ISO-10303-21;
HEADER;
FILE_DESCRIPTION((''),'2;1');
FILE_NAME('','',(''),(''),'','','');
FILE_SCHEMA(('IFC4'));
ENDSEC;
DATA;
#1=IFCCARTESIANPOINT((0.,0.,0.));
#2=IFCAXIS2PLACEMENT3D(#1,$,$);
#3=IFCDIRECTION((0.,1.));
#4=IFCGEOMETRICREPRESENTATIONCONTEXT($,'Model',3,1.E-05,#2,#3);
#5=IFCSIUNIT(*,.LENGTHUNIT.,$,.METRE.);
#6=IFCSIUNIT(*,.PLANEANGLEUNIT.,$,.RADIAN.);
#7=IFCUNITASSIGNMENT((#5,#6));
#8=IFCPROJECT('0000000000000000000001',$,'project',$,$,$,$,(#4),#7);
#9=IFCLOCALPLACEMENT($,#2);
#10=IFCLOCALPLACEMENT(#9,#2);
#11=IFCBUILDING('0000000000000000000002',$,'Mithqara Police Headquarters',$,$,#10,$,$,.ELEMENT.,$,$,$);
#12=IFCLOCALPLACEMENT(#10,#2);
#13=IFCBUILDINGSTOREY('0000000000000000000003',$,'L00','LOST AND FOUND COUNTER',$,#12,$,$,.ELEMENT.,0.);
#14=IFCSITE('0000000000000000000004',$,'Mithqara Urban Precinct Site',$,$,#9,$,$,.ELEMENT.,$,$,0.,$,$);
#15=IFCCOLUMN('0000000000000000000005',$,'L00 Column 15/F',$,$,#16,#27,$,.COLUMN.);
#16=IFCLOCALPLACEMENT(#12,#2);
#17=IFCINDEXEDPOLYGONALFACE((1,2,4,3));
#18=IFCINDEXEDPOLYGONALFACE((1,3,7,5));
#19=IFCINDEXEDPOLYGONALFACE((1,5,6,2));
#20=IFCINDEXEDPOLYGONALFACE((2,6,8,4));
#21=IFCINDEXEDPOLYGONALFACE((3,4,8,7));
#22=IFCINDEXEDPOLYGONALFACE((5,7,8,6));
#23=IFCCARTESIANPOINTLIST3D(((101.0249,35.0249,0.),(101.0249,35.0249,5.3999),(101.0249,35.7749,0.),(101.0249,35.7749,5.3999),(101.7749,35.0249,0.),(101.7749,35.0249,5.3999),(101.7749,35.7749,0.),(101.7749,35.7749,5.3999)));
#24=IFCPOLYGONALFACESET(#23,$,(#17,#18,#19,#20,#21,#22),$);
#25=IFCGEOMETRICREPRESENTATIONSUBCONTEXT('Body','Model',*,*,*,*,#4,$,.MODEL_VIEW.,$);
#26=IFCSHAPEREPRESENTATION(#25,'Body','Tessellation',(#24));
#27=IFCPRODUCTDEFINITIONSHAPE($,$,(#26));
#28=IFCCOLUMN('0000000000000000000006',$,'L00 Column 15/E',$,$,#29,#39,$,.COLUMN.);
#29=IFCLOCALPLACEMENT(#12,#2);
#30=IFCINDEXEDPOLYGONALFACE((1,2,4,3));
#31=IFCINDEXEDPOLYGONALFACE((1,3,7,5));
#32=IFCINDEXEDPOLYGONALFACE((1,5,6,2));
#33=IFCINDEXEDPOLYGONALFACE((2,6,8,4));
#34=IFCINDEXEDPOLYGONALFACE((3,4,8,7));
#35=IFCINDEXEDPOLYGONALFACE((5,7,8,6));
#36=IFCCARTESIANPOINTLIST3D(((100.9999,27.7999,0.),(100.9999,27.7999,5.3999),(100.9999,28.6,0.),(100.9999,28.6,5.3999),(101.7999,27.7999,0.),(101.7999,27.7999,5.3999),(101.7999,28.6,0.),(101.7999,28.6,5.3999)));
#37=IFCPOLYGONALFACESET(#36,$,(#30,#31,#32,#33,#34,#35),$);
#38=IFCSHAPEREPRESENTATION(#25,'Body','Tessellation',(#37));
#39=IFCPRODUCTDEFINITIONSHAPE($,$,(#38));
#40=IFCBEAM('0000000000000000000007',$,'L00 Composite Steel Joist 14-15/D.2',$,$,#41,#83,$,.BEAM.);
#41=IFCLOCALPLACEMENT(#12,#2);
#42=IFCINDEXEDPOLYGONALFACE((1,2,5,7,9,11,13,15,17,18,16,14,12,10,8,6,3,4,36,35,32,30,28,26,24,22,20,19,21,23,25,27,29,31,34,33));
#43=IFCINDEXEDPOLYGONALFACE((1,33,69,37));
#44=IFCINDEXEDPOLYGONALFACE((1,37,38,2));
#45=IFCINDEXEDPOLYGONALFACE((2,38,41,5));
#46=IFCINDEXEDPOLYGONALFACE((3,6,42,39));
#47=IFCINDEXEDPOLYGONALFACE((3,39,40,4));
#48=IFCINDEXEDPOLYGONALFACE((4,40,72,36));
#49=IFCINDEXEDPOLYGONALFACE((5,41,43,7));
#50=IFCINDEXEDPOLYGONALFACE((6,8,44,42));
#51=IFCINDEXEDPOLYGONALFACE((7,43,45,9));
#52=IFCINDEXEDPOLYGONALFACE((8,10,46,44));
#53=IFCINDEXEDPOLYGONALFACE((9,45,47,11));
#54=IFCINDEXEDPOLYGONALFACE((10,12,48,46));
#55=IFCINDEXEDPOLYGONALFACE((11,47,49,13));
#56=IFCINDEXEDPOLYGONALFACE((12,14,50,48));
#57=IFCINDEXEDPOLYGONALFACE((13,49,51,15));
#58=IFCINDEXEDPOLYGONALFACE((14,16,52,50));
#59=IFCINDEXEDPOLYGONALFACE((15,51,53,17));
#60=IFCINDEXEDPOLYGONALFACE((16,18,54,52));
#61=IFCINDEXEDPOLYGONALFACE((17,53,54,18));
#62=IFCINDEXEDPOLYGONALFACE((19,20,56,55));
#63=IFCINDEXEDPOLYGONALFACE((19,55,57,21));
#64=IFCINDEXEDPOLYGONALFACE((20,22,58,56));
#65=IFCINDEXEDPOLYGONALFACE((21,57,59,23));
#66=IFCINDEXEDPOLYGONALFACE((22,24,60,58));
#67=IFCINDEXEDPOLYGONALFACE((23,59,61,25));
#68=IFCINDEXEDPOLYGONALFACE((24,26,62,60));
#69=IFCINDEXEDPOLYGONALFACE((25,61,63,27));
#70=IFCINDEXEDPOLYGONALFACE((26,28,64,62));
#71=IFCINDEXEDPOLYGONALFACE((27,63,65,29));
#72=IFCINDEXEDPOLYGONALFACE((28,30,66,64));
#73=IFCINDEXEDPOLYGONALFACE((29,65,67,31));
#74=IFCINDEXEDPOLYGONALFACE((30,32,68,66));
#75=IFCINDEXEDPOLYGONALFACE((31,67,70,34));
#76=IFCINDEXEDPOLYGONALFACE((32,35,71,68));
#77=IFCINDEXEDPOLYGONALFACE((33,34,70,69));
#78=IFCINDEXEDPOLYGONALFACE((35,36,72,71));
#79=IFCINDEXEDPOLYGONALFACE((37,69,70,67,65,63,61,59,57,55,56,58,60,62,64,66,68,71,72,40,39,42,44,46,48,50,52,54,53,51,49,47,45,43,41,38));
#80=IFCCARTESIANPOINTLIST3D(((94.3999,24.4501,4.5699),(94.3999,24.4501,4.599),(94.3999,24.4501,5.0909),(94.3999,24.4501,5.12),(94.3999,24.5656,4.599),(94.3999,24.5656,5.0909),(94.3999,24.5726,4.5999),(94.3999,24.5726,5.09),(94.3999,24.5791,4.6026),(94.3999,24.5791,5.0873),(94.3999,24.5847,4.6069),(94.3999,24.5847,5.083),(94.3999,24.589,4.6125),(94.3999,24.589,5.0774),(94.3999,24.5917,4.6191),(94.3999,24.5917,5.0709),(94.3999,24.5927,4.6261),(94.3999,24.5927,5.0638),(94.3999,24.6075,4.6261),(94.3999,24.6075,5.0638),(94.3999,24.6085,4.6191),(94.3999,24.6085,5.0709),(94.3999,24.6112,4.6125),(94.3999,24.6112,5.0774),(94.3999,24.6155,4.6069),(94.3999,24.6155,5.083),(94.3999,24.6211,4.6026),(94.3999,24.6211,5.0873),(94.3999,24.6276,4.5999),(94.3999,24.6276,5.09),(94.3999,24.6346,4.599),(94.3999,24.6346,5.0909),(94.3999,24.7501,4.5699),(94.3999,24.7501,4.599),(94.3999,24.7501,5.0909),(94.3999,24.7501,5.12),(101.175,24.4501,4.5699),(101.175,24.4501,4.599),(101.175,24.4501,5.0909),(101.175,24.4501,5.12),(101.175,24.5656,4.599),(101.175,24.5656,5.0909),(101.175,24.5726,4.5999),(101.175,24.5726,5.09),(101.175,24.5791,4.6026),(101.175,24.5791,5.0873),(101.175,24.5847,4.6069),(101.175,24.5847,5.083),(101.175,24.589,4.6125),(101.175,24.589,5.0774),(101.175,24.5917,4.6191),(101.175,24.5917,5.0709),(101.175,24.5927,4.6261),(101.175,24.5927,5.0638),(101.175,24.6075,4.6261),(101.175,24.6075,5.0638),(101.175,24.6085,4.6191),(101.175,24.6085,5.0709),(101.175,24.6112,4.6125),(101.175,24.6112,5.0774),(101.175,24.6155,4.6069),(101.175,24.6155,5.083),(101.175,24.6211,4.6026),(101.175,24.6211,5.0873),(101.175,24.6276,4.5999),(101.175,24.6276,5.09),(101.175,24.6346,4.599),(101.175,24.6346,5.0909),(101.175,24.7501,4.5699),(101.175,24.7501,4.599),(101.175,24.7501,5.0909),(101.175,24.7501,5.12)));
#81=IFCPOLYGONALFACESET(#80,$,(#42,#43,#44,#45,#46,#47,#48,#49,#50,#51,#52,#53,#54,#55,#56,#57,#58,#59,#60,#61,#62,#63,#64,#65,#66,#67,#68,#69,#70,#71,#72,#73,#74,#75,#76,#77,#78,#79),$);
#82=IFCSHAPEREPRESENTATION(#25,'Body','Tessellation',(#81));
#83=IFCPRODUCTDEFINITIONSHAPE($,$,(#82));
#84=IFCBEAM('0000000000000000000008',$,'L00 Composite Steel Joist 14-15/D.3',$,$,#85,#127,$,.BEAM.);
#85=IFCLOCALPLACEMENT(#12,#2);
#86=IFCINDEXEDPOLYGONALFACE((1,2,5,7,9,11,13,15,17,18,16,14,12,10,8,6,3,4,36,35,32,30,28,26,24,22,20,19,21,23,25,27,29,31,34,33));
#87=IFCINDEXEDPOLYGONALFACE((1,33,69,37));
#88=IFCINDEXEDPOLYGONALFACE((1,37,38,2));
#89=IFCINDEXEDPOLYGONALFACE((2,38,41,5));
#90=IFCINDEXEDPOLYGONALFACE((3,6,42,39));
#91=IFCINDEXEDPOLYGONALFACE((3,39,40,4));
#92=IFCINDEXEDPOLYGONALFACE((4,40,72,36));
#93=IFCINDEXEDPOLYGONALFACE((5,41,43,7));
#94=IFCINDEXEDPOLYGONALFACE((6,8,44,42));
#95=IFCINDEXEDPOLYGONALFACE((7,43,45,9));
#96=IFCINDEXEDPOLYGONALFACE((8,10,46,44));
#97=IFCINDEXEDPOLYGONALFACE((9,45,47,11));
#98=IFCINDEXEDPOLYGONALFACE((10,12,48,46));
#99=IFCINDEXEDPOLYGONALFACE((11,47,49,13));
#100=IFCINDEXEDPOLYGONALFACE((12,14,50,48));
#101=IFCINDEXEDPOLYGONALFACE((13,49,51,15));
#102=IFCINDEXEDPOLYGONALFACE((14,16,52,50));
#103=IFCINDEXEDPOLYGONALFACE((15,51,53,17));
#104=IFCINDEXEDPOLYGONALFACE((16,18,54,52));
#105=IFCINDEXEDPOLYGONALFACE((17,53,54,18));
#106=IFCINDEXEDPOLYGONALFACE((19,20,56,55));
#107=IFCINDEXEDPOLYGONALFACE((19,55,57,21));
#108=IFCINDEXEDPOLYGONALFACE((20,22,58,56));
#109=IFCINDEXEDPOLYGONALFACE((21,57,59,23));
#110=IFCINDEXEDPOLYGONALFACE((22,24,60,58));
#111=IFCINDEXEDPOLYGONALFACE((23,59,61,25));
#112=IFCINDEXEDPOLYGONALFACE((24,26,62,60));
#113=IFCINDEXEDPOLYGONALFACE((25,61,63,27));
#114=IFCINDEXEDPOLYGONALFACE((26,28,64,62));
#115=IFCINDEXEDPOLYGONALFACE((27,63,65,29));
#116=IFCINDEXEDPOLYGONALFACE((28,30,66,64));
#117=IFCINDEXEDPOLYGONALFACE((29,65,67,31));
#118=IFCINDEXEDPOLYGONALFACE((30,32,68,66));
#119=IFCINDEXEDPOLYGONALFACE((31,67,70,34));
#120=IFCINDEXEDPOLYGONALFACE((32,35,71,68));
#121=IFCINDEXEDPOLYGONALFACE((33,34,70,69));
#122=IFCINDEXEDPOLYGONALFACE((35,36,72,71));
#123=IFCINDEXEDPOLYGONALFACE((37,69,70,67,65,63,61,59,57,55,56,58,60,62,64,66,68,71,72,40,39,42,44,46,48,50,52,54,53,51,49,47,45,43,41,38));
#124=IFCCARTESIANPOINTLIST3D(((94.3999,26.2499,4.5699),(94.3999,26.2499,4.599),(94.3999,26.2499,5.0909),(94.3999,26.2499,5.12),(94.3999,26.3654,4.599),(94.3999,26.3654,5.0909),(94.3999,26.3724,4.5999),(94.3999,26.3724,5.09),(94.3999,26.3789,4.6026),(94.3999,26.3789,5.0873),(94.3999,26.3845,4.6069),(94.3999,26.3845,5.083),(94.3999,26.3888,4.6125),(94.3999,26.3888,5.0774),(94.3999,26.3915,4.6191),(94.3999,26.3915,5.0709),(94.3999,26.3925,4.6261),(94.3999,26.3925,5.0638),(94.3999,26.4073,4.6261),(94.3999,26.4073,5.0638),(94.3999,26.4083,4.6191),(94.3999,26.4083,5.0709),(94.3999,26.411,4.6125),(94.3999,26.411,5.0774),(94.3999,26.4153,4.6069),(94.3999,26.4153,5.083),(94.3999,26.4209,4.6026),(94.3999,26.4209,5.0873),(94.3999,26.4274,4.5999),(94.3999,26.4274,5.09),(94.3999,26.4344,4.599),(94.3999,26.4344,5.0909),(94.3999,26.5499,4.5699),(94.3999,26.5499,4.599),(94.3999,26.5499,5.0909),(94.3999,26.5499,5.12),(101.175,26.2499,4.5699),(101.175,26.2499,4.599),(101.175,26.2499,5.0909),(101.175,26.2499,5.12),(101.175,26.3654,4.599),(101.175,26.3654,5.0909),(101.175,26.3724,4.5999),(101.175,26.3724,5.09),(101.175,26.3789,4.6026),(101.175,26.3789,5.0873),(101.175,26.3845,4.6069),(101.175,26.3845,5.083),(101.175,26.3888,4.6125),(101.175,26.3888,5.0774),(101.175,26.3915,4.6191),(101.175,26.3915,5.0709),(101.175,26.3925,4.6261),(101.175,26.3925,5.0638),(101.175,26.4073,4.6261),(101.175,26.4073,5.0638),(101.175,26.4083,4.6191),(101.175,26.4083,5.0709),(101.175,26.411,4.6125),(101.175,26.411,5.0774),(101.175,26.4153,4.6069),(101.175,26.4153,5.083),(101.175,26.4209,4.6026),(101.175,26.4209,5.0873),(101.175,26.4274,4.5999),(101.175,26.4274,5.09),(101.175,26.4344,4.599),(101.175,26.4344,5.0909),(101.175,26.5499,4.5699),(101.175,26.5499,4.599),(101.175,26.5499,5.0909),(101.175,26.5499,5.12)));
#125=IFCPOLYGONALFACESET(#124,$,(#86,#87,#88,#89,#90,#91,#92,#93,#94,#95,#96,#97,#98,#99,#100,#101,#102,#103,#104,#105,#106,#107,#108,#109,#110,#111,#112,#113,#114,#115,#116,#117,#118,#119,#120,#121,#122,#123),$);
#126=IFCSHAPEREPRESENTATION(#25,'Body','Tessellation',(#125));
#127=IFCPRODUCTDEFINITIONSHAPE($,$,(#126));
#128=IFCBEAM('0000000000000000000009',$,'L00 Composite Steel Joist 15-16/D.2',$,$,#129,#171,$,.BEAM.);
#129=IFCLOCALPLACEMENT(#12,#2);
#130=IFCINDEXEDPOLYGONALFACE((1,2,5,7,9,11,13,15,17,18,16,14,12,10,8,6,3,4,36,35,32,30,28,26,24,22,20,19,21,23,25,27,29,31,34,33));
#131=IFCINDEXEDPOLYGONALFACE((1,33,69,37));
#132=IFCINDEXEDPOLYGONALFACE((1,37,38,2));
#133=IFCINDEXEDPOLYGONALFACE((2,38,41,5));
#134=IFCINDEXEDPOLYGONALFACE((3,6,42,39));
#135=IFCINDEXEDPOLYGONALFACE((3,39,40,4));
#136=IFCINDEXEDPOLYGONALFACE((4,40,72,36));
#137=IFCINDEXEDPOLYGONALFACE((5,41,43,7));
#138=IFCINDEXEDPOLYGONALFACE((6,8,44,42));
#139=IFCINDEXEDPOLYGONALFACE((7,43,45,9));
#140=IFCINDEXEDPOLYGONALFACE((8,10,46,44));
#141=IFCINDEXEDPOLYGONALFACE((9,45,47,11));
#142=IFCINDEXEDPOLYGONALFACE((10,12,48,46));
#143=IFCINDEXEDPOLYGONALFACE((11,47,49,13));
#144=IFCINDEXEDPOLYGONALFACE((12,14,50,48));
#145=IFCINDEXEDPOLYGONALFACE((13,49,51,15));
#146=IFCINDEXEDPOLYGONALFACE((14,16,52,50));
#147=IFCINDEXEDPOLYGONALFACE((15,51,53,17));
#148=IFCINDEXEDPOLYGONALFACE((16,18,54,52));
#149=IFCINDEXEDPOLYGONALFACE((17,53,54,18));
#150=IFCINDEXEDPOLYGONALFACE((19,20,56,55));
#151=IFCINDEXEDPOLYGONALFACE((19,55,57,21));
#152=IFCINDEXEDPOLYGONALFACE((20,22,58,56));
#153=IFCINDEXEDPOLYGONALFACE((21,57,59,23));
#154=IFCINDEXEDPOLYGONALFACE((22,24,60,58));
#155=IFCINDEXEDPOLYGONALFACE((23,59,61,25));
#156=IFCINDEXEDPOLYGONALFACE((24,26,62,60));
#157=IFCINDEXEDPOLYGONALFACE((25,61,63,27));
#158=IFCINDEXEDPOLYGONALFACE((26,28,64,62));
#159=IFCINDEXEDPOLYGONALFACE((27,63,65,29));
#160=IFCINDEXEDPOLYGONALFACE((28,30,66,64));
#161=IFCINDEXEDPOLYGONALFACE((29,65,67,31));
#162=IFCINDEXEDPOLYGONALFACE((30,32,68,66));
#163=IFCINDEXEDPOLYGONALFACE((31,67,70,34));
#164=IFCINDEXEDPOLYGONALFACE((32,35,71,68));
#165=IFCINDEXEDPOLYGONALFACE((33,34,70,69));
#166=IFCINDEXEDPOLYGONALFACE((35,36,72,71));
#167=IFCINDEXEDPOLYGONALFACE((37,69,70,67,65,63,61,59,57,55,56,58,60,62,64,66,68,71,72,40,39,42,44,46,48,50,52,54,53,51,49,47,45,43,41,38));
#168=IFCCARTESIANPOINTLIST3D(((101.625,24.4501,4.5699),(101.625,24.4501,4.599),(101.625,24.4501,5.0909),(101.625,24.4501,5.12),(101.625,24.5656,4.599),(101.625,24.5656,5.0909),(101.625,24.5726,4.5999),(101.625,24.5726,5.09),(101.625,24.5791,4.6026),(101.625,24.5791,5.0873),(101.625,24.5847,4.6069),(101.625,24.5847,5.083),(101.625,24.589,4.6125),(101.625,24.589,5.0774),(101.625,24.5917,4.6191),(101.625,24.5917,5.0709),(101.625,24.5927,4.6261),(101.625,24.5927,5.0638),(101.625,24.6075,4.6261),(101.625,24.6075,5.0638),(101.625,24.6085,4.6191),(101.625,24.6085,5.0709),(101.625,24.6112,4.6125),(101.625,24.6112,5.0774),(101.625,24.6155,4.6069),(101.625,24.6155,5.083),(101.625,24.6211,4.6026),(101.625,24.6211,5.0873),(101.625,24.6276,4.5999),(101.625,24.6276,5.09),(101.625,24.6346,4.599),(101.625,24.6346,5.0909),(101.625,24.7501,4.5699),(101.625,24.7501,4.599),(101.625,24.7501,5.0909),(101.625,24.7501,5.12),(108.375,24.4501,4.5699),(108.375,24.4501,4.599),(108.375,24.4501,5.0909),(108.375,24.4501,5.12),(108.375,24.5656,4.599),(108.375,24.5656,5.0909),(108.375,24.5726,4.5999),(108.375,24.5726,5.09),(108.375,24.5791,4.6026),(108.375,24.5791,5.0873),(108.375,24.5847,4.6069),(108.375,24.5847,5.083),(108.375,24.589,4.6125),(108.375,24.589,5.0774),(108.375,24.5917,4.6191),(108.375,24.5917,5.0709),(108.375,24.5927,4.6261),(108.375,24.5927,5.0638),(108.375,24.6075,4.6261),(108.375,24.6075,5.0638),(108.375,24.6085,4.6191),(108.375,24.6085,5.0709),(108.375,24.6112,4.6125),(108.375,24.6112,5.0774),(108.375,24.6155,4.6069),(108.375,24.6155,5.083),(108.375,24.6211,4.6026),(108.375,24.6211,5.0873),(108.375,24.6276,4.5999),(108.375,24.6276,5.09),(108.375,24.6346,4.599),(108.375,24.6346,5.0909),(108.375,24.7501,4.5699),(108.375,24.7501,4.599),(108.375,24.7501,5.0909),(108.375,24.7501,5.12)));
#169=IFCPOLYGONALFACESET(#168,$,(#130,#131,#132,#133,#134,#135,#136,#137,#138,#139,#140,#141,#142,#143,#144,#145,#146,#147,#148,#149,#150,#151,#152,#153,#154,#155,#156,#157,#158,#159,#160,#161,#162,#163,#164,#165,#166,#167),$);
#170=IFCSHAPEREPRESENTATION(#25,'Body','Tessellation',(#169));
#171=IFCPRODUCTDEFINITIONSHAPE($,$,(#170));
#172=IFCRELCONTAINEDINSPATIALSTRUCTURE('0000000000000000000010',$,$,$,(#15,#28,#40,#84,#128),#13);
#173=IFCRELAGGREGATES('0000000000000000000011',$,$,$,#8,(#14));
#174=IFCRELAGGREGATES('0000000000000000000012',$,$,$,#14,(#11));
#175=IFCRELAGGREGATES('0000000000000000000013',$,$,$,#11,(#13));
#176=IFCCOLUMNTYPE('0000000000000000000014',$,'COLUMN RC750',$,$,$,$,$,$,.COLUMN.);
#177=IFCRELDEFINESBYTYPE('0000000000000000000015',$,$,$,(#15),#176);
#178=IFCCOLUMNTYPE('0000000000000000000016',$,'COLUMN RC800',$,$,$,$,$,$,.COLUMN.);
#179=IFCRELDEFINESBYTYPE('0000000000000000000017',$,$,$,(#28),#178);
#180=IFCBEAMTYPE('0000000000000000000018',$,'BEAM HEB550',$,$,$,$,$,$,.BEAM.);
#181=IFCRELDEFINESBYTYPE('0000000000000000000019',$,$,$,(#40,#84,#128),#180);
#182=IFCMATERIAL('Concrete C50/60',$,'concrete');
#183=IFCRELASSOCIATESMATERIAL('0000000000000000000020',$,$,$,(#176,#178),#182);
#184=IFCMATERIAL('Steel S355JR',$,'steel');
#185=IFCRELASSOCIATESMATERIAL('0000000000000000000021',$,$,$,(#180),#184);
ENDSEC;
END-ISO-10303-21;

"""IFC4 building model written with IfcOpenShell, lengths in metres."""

from ifc_helpers import new_model, si_unit, direction, frame, origin, origin_2d, place, context, subcontext, project, spatial, rectangle, i_section, extrude, material, material_profile, profile_set, type_object, element, save


model = new_model("IFC4")

# Units and contexts
model_context = context("Model", 3, precision=1e-05, world=origin(), true_north=direction((0.0, 1.0)))
body_context = subcontext(model_context, "Body", "Model", "MODEL_VIEW")
ifc_project = project(units=[si_unit("LENGTHUNIT", "METRE"), si_unit("PLANEANGLEUNIT", "RADIAN")], contexts=[model_context])

# Site, building, storey
site_placement = place(None, origin())
site = spatial("IfcSite", under=ifc_project, at=site_placement, Name="Mithqara Urban Precinct Site", CompositionType="ELEMENT", RefElevation=0.0)
building_placement = place(site_placement, origin())
building = spatial("IfcBuilding", under=site, at=building_placement, Name="Mithqara Police Headquarters", CompositionType="ELEMENT")
storey_placement = place(building_placement, origin())
storey = spatial("IfcBuildingStorey", under=building, at=storey_placement, Name="L00", Description="LOST AND FOUND COUNTER", CompositionType="ELEMENT", Elevation=0.0)

# Columns
ifc_material_1 = material(Name="Concrete C50/60", Category="concrete")
ifc_material_profile_1 = material_profile(ifc_material_1, rectangle(XDim=0.75, YDim=0.75, at=origin_2d()), Name="RC 750x750")
ifc_profile_set_1 = profile_set([ifc_material_profile_1], Name="Concrete C50/60")
column_type_1 = type_object("IfcColumnType", Name="COLUMN RC750", PredefinedType="COLUMN", material=ifc_profile_set_1)
column_1_placement = place(storey_placement, frame((101.3999, 35.3999, 0.0), z_axis=(0.0, 0.0, 1.0), x_axis=(1.0, 0.0, 0.0)))
element("IfcColumn", 1, at=column_1_placement, inside=storey, type_object=column_type_1, Name="L00 Column 15/F", PredefinedType="COLUMN", context=body_context, shape_type="SweptSolid", body=[
    extrude(rectangle(XDim=0.75, YDim=0.75, at=origin_2d()), origin(), (0.0, 0.0, 1.0), 5.3999),
])
ifc_material_profile_2 = material_profile(ifc_material_1, rectangle(XDim=0.8, YDim=0.8, at=origin_2d()), Name="RC 800x800")
ifc_profile_set_2 = profile_set([ifc_material_profile_2], Name="Concrete C50/60")
column_type_2 = type_object("IfcColumnType", Name="COLUMN RC800", PredefinedType="COLUMN", material=ifc_profile_set_2)
column_2_placement = place(storey_placement, frame((101.3999, 28.2, 0.0), z_axis=(0.0, 0.0, 1.0), x_axis=(1.0, 0.0, 0.0)))
element("IfcColumn", 2, at=column_2_placement, inside=storey, type_object=column_type_2, Name="L00 Column 15/E", PredefinedType="COLUMN", context=body_context, shape_type="SweptSolid", body=[
    extrude(rectangle(XDim=0.8, YDim=0.8, at=origin_2d()), origin(), (0.0, 0.0, 1.0), 5.3999),
])

# Beams
ifc_material_2 = material(Name="Steel S355JR", Category="steel")
ifc_material_profile_3 = material_profile(ifc_material_2, i_section(OverallWidth=0.3, OverallDepth=0.55, WebThickness=0.0149, FlangeThickness=0.0291, FilletRadius=0.0271, at=origin_2d()), Name="HEB 550")
ifc_profile_set_3 = profile_set([ifc_material_profile_3], Name="Steel S355JR")
beam_type_1 = type_object("IfcBeamType", Name="BEAM HEB550", PredefinedType="BEAM", material=ifc_profile_set_3)
for number, where, z_axis, x_axis, name in (
    (3, (94.3999, 24.6001, 4.845), (1.0, 0.0, 0.0), (0.0, 1.0, 0.0), "L00 Composite Steel Joist 14-15/D.2"),
    (4, (94.3999, 26.3999, 4.845), (1.0, 0.0, 0.0), (0.0, 1.0, 0.0), "L00 Composite Steel Joist 14-15/D.3"),
):
    element("IfcBeam", number, at=place(storey_placement, frame(where, z_axis=z_axis, x_axis=x_axis)), inside=storey, type_object=beam_type_1, Name=name, PredefinedType="BEAM", context=body_context, shape_type="SweptSolid", body=[
        extrude(i_section(OverallWidth=0.3, OverallDepth=0.55, WebThickness=0.0149, FlangeThickness=0.0291, FilletRadius=0.0271, at=origin_2d()), origin(), (0.0, 0.0, 1.0), 6.7751),
    ])
for number, where, z_axis, x_axis, name in (
    (5, (101.625, 24.6001, 4.845), (1.0, 0.0, 0.0), (0.0, 1.0, 0.0), "L00 Composite Steel Joist 15-16/D.2"),
):
    element("IfcBeam", number, at=place(storey_placement, frame(where, z_axis=z_axis, x_axis=x_axis)), inside=storey, type_object=beam_type_1, Name=name, PredefinedType="BEAM", context=body_context, shape_type="SweptSolid", body=[
        extrude(i_section(OverallWidth=0.3, OverallDepth=0.55, WebThickness=0.0149, FlangeThickness=0.0291, FilletRadius=0.0271, at=origin_2d()), origin(), (0.0, 0.0, 1.0), 6.75),
    ])

save(model, "model.ifc")
